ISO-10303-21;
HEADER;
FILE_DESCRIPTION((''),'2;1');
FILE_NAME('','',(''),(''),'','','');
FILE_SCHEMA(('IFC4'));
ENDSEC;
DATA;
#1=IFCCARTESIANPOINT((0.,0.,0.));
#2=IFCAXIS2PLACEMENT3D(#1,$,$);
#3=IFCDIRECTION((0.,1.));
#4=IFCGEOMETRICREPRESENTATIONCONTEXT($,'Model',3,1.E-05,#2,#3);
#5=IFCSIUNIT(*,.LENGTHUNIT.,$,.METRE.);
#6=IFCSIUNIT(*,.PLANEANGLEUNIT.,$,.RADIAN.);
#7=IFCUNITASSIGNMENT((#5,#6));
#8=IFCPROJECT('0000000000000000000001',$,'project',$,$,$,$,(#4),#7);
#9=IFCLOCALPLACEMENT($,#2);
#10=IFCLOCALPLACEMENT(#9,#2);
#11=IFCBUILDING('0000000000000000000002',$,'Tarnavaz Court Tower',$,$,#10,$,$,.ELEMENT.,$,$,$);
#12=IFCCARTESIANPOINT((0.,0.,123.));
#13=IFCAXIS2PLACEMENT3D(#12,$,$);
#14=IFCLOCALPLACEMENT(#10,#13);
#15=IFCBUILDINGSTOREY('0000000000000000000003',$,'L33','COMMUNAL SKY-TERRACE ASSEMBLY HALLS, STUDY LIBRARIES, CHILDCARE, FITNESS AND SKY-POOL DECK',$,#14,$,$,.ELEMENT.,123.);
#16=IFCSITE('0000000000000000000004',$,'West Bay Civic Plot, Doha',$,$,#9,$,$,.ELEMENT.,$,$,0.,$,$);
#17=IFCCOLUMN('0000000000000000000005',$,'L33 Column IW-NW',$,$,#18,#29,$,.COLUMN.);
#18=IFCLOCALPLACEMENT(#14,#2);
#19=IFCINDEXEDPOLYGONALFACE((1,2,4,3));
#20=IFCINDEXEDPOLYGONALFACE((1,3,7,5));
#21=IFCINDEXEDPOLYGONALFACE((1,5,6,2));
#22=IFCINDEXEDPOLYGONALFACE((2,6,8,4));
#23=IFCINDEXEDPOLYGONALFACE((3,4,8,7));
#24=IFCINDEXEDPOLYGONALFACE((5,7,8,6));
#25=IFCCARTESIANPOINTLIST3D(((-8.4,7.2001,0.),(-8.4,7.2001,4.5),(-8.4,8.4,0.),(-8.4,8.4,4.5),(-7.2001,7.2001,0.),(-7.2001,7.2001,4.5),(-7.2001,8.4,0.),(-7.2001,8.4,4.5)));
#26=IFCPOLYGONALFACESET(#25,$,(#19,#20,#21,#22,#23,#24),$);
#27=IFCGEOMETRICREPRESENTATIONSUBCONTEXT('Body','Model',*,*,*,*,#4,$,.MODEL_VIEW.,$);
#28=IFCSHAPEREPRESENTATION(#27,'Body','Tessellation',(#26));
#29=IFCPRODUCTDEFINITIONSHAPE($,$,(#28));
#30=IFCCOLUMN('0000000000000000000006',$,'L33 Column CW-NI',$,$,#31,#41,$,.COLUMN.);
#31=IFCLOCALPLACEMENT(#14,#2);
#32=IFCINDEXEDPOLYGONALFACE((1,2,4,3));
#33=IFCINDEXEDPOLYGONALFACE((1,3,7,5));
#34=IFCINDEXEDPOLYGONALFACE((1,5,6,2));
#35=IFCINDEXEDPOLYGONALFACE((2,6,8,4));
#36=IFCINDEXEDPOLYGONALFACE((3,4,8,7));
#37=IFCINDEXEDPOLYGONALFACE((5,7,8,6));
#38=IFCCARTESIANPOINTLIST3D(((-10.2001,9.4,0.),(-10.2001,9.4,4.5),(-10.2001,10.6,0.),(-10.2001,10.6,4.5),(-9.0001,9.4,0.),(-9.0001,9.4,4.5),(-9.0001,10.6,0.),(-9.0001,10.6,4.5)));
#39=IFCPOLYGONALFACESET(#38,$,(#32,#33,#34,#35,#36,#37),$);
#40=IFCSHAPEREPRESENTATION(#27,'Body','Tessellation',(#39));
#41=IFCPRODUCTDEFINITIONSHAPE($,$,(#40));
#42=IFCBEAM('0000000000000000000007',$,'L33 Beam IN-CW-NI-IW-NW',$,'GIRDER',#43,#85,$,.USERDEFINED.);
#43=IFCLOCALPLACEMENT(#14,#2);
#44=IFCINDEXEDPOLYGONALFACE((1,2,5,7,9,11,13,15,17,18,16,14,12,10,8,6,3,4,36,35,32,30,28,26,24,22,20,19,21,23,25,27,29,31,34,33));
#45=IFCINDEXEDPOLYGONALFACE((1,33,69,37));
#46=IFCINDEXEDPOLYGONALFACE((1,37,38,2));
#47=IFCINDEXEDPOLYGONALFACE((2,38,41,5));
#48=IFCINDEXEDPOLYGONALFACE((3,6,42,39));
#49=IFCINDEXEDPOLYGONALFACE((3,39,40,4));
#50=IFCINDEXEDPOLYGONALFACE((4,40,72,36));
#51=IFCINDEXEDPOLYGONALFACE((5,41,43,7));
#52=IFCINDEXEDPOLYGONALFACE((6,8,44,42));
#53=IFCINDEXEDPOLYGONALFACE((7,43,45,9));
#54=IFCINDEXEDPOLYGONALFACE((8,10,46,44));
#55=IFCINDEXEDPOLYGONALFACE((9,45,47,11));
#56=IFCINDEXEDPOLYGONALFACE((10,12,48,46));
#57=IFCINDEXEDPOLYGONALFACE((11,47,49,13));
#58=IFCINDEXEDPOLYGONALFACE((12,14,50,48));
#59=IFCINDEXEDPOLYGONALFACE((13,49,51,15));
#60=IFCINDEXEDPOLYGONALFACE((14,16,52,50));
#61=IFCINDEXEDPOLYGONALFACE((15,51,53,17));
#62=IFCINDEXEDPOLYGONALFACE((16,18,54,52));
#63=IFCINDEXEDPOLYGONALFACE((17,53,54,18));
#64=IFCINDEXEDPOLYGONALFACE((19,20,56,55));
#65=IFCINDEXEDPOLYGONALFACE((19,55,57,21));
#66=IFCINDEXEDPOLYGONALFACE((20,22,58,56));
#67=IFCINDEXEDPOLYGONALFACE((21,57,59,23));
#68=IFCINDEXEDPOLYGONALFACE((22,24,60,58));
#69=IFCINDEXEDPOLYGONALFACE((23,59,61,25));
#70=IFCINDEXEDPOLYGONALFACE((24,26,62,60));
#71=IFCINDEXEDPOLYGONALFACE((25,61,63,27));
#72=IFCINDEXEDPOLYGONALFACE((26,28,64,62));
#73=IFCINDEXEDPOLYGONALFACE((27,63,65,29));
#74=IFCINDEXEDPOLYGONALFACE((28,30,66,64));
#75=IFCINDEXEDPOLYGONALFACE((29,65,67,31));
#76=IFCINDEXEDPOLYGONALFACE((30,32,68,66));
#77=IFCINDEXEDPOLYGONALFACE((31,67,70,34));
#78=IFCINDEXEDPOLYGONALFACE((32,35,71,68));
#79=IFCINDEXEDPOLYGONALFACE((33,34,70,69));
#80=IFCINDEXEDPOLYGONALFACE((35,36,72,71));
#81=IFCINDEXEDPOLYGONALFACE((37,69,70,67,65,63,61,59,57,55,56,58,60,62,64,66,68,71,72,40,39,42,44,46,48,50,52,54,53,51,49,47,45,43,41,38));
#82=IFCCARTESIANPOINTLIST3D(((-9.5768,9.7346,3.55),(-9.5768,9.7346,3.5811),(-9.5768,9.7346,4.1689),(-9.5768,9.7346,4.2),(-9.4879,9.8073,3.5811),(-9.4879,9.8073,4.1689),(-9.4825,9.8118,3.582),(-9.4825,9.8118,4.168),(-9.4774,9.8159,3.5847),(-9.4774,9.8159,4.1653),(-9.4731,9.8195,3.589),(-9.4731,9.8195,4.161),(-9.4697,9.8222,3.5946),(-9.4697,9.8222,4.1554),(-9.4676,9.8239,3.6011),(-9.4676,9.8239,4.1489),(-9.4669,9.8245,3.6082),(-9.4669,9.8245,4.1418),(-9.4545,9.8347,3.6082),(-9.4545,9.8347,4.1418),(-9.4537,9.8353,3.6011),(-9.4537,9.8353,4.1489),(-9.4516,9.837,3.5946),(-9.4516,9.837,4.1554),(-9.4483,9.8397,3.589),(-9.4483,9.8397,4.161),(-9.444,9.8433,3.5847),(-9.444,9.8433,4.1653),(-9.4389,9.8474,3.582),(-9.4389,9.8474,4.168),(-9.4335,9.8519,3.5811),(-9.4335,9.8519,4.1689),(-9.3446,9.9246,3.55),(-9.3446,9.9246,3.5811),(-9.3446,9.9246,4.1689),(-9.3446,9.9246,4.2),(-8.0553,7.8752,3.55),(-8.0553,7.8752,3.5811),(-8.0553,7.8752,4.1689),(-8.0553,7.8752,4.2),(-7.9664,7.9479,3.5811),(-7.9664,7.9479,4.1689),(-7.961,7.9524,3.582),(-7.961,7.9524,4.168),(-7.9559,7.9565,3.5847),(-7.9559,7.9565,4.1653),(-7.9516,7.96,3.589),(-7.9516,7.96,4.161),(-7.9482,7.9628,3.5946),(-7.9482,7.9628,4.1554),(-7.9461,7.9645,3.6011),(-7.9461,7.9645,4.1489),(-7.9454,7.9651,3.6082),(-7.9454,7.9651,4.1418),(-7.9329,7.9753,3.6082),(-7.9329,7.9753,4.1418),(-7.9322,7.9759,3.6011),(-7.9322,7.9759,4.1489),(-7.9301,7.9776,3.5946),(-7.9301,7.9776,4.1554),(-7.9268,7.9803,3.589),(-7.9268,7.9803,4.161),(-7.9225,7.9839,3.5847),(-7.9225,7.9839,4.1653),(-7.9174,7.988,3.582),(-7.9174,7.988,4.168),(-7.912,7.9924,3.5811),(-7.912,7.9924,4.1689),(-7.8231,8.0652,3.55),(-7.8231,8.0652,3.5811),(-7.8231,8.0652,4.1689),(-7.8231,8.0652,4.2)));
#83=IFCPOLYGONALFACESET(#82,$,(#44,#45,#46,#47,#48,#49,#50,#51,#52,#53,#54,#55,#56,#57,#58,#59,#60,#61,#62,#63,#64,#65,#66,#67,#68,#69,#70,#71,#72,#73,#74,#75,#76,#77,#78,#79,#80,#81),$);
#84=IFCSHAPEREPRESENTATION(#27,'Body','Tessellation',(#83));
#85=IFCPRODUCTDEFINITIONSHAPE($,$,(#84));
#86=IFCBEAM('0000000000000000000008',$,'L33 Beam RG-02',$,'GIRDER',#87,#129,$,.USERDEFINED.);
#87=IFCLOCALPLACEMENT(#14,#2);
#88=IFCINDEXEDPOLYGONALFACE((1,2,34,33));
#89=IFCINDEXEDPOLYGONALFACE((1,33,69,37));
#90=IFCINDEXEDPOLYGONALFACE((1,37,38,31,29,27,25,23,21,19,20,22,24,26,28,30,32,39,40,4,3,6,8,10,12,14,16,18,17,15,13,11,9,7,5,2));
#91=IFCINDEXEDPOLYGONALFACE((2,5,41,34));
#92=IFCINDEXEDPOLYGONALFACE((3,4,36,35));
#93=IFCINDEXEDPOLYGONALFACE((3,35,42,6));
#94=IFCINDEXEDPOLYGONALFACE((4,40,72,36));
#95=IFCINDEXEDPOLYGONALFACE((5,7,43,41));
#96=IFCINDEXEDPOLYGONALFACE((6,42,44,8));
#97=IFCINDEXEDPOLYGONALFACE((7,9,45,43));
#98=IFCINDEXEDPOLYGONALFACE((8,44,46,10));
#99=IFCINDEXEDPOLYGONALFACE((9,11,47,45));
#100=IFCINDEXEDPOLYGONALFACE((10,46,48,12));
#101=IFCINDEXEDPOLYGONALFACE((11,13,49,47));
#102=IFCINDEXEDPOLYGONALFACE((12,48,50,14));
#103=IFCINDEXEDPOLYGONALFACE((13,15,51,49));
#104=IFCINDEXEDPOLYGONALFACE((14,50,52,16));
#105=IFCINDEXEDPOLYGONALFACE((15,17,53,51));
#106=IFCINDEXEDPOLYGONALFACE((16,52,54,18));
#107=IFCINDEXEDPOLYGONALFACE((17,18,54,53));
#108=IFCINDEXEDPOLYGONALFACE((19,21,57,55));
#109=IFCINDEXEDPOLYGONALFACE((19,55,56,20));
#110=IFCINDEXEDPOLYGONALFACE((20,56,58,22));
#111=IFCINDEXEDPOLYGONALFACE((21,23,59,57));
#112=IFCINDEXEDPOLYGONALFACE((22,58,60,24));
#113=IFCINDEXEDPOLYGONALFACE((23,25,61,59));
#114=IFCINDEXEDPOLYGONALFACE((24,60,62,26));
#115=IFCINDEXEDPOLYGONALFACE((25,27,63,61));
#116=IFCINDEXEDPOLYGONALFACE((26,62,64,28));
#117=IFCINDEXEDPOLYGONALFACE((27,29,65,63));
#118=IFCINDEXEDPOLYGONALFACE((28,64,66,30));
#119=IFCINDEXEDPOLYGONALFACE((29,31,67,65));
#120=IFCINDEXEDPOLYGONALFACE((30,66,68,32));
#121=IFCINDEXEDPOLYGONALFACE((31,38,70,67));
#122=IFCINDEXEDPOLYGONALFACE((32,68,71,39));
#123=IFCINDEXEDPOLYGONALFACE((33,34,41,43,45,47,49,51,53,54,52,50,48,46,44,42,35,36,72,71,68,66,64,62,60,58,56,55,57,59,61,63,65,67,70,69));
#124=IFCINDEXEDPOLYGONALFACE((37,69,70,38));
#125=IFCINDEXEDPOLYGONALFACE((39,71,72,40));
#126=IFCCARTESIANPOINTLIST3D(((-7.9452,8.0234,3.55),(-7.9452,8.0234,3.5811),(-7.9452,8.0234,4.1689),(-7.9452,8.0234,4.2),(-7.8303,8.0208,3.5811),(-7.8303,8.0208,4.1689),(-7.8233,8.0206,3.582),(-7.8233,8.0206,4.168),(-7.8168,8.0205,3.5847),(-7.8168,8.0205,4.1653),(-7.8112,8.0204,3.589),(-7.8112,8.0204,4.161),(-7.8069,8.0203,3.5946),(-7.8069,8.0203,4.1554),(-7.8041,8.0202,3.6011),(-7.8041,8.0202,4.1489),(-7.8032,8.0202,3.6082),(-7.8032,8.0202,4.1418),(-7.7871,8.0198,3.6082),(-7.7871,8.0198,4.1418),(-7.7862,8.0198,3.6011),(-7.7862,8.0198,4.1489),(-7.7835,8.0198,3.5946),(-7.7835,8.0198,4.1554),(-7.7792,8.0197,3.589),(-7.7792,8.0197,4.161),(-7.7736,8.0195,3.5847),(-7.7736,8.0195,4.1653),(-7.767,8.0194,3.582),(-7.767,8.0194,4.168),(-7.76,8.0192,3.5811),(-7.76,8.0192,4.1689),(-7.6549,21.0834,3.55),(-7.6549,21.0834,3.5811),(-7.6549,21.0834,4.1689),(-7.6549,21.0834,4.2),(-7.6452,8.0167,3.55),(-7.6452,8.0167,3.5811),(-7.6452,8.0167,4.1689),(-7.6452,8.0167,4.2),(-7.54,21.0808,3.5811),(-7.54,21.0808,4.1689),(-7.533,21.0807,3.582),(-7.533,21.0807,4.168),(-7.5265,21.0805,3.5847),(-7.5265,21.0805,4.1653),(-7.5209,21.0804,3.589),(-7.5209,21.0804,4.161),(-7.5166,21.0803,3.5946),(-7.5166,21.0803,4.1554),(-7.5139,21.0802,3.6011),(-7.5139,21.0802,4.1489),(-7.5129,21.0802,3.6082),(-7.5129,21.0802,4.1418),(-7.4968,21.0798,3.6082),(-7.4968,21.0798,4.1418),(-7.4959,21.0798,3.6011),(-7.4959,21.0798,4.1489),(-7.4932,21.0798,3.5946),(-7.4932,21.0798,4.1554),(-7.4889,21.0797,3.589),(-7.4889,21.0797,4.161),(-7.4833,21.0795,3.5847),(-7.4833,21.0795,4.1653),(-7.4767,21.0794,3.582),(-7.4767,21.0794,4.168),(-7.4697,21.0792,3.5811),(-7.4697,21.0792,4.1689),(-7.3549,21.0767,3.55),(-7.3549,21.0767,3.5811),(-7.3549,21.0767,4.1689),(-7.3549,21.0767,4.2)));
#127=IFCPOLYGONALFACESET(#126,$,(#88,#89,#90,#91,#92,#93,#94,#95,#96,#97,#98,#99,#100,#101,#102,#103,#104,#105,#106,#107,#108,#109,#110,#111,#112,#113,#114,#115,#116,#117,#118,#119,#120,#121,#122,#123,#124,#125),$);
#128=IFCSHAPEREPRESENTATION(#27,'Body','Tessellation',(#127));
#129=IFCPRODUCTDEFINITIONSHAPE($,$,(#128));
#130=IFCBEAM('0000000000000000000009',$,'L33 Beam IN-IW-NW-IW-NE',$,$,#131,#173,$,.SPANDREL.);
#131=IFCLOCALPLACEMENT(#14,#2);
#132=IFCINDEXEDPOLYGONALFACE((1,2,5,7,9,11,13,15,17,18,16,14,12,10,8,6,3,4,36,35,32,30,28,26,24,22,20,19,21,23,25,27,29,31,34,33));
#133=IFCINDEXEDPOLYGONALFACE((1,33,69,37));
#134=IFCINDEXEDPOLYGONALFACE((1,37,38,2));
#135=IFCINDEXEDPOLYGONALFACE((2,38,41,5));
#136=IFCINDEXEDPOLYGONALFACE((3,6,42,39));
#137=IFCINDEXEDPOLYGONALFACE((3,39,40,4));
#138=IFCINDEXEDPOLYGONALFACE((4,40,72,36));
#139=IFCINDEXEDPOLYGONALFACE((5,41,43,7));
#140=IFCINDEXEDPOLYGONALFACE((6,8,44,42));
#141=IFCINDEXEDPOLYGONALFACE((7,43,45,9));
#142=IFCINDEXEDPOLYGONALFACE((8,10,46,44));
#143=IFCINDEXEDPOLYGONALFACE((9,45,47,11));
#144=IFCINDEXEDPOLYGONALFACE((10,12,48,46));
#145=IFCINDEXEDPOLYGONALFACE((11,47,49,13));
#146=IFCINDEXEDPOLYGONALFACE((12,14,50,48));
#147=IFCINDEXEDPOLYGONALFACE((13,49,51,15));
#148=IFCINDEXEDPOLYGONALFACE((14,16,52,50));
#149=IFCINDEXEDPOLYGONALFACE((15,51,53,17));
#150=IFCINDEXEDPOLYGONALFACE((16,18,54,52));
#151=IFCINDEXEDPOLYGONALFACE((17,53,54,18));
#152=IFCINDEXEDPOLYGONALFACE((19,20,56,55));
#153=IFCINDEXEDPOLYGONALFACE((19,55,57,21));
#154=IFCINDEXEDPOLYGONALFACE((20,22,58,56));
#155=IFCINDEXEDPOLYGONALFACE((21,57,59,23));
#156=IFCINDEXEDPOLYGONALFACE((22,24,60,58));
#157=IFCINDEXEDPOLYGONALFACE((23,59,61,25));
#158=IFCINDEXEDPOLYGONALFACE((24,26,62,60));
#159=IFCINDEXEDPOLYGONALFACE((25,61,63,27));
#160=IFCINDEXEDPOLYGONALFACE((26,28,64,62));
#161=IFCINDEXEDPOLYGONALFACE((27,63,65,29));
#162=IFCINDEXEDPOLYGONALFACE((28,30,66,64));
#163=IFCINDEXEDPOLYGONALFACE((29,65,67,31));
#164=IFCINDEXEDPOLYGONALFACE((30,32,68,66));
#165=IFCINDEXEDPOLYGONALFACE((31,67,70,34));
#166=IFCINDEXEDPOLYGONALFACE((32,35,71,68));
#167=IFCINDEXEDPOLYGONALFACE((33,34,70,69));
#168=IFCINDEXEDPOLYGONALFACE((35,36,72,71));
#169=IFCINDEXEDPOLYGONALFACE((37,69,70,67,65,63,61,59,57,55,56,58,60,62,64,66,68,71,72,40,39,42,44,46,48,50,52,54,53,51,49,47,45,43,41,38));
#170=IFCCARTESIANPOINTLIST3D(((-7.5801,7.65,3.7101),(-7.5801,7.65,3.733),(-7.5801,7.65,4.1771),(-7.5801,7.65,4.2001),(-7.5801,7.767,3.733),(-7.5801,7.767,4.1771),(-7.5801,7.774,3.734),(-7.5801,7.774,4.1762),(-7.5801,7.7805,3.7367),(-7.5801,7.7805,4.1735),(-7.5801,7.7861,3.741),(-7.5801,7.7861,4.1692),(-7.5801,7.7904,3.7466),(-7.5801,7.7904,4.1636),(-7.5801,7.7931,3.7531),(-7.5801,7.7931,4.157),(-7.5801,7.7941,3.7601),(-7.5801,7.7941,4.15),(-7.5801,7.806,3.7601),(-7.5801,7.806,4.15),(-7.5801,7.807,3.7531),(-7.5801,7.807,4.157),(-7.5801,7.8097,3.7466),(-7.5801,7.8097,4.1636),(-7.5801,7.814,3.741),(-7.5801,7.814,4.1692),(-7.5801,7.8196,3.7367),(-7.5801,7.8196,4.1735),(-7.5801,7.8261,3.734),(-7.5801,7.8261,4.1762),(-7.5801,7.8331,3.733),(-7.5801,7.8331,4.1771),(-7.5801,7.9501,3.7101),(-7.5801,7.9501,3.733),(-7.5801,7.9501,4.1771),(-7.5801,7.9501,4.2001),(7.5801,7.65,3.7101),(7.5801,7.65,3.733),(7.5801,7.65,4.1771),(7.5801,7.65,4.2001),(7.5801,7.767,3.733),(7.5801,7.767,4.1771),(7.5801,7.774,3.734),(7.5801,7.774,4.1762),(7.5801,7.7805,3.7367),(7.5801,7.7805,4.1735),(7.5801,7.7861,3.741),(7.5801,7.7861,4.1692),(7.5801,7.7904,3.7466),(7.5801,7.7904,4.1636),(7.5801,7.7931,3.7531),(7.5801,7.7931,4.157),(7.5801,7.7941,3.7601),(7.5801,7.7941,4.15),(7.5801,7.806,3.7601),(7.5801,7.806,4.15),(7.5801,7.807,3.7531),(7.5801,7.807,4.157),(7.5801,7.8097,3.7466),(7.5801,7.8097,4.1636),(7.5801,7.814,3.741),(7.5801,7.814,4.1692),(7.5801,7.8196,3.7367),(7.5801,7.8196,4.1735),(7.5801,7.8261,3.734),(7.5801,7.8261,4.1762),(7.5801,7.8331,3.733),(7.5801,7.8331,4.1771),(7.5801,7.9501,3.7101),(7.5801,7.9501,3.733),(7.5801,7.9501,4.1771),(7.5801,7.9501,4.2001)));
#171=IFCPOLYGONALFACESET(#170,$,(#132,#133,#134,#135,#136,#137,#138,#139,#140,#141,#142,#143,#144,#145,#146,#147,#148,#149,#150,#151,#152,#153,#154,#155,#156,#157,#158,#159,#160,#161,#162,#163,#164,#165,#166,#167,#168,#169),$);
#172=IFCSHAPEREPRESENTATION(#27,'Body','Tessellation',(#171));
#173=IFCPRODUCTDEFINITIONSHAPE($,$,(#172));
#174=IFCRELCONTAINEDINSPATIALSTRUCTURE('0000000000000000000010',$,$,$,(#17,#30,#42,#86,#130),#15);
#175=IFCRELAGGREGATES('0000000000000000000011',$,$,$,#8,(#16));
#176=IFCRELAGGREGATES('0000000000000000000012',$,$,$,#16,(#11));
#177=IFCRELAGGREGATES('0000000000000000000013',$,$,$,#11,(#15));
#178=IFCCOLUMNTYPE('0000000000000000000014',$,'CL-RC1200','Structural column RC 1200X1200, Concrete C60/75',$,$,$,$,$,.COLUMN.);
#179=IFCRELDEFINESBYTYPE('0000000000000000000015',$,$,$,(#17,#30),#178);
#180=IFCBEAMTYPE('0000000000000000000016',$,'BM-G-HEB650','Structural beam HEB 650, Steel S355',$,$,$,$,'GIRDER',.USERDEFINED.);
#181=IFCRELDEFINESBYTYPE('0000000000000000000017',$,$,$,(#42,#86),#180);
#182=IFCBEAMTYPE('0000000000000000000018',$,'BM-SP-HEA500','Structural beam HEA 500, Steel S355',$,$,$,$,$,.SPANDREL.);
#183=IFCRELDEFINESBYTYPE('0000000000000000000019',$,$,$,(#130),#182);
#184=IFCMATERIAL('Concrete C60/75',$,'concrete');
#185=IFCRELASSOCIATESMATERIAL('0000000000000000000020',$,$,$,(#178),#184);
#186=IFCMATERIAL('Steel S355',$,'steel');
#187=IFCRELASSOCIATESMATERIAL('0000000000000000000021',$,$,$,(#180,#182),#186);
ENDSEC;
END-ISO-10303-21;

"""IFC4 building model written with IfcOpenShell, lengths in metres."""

from ifc_helpers import new_model, si_unit, direction, frame, origin, origin_2d, place, context, subcontext, project, spatial, rectangle, i_section, extrude, material, material_profile, profile_set, type_object, element, save


model = new_model("IFC4")

# Units and contexts
model_context = context("Model", 3, precision=1e-05, world=origin(), true_north=direction((0.0, 1.0)))
body_context = subcontext(model_context, "Body", "Model", "MODEL_VIEW")
ifc_project = project(units=[si_unit("LENGTHUNIT", "METRE"), si_unit("PLANEANGLEUNIT", "RADIAN")], contexts=[model_context])

# Site, building, storey
site_placement = place(None, origin())
site = spatial("IfcSite", under=ifc_project, at=site_placement, Name="West Bay Civic Plot, Doha", CompositionType="ELEMENT", RefElevation=0.0)
building_placement = place(site_placement, origin())
building = spatial("IfcBuilding", under=site, at=building_placement, Name="Tarnavaz Court Tower", CompositionType="ELEMENT")
storey_placement = place(building_placement, frame((0.0, 0.0, 123.0)))
storey = spatial("IfcBuildingStorey", under=building, at=storey_placement, Name="L33", Description="COMMUNAL SKY-TERRACE ASSEMBLY HALLS, STUDY LIBRARIES, CHILDCARE, FITNESS AND SKY-POOL DECK", CompositionType="ELEMENT", Elevation=123.0)

# Columns
ifc_material_1 = material(Name="Concrete C60/75", Category="concrete")
ifc_material_profile_1 = material_profile(ifc_material_1, rectangle(XDim=1.2, YDim=1.2, at=origin_2d()), Name="RC 1200X1200")
ifc_profile_set_1 = profile_set([ifc_material_profile_1], Name="Concrete C60/75")
column_type = type_object("IfcColumnType", Name="CL-RC1200", Description="Structural column RC 1200X1200, Concrete C60/75", PredefinedType="COLUMN", material=ifc_profile_set_1)
for number, where, z_axis, x_axis, name in (
    (1, (-7.8, 7.8, 0.0), (0.0, 0.0, 1.0), (1.0, 0.0, 0.0), "L33 Column IW-NW"),
    (2, (-9.6001, 10.0, 0.0), (0.0, 0.0, 1.0), (1.0, 0.0, 0.0), "L33 Column CW-NI"),
):
    element("IfcColumn", number, at=place(storey_placement, frame(where, z_axis=z_axis, x_axis=x_axis)), inside=storey, type_object=column_type, Name=name, PredefinedType="COLUMN", context=body_context, shape_type="SweptSolid", body=[
        extrude(rectangle(XDim=1.2, YDim=1.2, at=origin_2d()), origin(), (0.0, 0.0, 1.0), 4.5),
    ])

# Beams
ifc_material_2 = material(Name="Steel S355", Category="steel")
ifc_material_profile_2 = material_profile(ifc_material_2, i_section(OverallWidth=0.3, OverallDepth=0.6499, WebThickness=0.0161, FlangeThickness=0.031, FilletRadius=0.0271, at=origin_2d()), Name="HEB 650")
ifc_profile_set_2 = profile_set([ifc_material_profile_2], Name="Steel S355")
beam_type_1 = type_object("IfcBeamType", Name="BM-G-HEB650", Description="Structural beam HEB 650, Steel S355", ElementType="GIRDER", PredefinedType="USERDEFINED", material=ifc_profile_set_2)
beam_1_placement = place(storey_placement, frame((-9.4607, 9.8296, 3.875), z_axis=(0.633282, -0.773921, 0.0), x_axis=(0.773921, 0.633282, 0.0)))
element("IfcBeam", 3, at=beam_1_placement, inside=storey, type_object=beam_type_1, Name="L33 Beam IN-CW-NI-IW-NW", ObjectType="GIRDER", PredefinedType="USERDEFINED", context=body_context, shape_type="SweptSolid", body=[
    extrude(i_section(OverallWidth=0.3, OverallDepth=0.6499, WebThickness=0.0161, FlangeThickness=0.031, FilletRadius=0.0271, at=origin_2d()), origin(), (0.0, 0.0, 1.0), 2.4026),
])
beam_2_placement = place(storey_placement, frame((-7.7952, 8.02, 3.875), z_axis=(0.022221, 0.999753, 0.0), x_axis=(-0.999753, 0.022221, 0.0)))
element("IfcBeam", 4, at=beam_2_placement, inside=storey, type_object=beam_type_1, Name="L33 Beam RG-02", ObjectType="GIRDER", PredefinedType="USERDEFINED", context=body_context, shape_type="SweptSolid", body=[
    extrude(i_section(OverallWidth=0.3, OverallDepth=0.6499, WebThickness=0.0161, FlangeThickness=0.031, FilletRadius=0.0271, at=origin_2d()), origin(), (0.0, 0.0, 1.0), 13.0632),
])
ifc_material_profile_3 = material_profile(ifc_material_2, i_section(OverallWidth=0.3, OverallDepth=0.49, WebThickness=0.012, FlangeThickness=0.0229, FilletRadius=0.0271, at=origin_2d()), Name="HEA 500")
ifc_profile_set_3 = profile_set([ifc_material_profile_3], Name="Steel S355")
beam_type_2 = type_object("IfcBeamType", Name="BM-SP-HEA500", Description="Structural beam HEA 500, Steel S355", PredefinedType="SPANDREL", material=ifc_profile_set_3)
beam_3_placement = place(storey_placement, frame((-7.5801, 7.8, 3.9551), z_axis=(1.0, 0.0, 0.0), x_axis=(0.0, 1.0, 0.0)))
element("IfcBeam", 5, at=beam_3_placement, inside=storey, type_object=beam_type_2, Name="L33 Beam IN-IW-NW-IW-NE", PredefinedType="SPANDREL", context=body_context, shape_type="SweptSolid", body=[
    extrude(i_section(OverallWidth=0.3, OverallDepth=0.49, WebThickness=0.012, FlangeThickness=0.0229, FilletRadius=0.0271, at=origin_2d()), origin(), (0.0, 0.0, 1.0), 15.1602),
])

save(model, "model.ifc")
